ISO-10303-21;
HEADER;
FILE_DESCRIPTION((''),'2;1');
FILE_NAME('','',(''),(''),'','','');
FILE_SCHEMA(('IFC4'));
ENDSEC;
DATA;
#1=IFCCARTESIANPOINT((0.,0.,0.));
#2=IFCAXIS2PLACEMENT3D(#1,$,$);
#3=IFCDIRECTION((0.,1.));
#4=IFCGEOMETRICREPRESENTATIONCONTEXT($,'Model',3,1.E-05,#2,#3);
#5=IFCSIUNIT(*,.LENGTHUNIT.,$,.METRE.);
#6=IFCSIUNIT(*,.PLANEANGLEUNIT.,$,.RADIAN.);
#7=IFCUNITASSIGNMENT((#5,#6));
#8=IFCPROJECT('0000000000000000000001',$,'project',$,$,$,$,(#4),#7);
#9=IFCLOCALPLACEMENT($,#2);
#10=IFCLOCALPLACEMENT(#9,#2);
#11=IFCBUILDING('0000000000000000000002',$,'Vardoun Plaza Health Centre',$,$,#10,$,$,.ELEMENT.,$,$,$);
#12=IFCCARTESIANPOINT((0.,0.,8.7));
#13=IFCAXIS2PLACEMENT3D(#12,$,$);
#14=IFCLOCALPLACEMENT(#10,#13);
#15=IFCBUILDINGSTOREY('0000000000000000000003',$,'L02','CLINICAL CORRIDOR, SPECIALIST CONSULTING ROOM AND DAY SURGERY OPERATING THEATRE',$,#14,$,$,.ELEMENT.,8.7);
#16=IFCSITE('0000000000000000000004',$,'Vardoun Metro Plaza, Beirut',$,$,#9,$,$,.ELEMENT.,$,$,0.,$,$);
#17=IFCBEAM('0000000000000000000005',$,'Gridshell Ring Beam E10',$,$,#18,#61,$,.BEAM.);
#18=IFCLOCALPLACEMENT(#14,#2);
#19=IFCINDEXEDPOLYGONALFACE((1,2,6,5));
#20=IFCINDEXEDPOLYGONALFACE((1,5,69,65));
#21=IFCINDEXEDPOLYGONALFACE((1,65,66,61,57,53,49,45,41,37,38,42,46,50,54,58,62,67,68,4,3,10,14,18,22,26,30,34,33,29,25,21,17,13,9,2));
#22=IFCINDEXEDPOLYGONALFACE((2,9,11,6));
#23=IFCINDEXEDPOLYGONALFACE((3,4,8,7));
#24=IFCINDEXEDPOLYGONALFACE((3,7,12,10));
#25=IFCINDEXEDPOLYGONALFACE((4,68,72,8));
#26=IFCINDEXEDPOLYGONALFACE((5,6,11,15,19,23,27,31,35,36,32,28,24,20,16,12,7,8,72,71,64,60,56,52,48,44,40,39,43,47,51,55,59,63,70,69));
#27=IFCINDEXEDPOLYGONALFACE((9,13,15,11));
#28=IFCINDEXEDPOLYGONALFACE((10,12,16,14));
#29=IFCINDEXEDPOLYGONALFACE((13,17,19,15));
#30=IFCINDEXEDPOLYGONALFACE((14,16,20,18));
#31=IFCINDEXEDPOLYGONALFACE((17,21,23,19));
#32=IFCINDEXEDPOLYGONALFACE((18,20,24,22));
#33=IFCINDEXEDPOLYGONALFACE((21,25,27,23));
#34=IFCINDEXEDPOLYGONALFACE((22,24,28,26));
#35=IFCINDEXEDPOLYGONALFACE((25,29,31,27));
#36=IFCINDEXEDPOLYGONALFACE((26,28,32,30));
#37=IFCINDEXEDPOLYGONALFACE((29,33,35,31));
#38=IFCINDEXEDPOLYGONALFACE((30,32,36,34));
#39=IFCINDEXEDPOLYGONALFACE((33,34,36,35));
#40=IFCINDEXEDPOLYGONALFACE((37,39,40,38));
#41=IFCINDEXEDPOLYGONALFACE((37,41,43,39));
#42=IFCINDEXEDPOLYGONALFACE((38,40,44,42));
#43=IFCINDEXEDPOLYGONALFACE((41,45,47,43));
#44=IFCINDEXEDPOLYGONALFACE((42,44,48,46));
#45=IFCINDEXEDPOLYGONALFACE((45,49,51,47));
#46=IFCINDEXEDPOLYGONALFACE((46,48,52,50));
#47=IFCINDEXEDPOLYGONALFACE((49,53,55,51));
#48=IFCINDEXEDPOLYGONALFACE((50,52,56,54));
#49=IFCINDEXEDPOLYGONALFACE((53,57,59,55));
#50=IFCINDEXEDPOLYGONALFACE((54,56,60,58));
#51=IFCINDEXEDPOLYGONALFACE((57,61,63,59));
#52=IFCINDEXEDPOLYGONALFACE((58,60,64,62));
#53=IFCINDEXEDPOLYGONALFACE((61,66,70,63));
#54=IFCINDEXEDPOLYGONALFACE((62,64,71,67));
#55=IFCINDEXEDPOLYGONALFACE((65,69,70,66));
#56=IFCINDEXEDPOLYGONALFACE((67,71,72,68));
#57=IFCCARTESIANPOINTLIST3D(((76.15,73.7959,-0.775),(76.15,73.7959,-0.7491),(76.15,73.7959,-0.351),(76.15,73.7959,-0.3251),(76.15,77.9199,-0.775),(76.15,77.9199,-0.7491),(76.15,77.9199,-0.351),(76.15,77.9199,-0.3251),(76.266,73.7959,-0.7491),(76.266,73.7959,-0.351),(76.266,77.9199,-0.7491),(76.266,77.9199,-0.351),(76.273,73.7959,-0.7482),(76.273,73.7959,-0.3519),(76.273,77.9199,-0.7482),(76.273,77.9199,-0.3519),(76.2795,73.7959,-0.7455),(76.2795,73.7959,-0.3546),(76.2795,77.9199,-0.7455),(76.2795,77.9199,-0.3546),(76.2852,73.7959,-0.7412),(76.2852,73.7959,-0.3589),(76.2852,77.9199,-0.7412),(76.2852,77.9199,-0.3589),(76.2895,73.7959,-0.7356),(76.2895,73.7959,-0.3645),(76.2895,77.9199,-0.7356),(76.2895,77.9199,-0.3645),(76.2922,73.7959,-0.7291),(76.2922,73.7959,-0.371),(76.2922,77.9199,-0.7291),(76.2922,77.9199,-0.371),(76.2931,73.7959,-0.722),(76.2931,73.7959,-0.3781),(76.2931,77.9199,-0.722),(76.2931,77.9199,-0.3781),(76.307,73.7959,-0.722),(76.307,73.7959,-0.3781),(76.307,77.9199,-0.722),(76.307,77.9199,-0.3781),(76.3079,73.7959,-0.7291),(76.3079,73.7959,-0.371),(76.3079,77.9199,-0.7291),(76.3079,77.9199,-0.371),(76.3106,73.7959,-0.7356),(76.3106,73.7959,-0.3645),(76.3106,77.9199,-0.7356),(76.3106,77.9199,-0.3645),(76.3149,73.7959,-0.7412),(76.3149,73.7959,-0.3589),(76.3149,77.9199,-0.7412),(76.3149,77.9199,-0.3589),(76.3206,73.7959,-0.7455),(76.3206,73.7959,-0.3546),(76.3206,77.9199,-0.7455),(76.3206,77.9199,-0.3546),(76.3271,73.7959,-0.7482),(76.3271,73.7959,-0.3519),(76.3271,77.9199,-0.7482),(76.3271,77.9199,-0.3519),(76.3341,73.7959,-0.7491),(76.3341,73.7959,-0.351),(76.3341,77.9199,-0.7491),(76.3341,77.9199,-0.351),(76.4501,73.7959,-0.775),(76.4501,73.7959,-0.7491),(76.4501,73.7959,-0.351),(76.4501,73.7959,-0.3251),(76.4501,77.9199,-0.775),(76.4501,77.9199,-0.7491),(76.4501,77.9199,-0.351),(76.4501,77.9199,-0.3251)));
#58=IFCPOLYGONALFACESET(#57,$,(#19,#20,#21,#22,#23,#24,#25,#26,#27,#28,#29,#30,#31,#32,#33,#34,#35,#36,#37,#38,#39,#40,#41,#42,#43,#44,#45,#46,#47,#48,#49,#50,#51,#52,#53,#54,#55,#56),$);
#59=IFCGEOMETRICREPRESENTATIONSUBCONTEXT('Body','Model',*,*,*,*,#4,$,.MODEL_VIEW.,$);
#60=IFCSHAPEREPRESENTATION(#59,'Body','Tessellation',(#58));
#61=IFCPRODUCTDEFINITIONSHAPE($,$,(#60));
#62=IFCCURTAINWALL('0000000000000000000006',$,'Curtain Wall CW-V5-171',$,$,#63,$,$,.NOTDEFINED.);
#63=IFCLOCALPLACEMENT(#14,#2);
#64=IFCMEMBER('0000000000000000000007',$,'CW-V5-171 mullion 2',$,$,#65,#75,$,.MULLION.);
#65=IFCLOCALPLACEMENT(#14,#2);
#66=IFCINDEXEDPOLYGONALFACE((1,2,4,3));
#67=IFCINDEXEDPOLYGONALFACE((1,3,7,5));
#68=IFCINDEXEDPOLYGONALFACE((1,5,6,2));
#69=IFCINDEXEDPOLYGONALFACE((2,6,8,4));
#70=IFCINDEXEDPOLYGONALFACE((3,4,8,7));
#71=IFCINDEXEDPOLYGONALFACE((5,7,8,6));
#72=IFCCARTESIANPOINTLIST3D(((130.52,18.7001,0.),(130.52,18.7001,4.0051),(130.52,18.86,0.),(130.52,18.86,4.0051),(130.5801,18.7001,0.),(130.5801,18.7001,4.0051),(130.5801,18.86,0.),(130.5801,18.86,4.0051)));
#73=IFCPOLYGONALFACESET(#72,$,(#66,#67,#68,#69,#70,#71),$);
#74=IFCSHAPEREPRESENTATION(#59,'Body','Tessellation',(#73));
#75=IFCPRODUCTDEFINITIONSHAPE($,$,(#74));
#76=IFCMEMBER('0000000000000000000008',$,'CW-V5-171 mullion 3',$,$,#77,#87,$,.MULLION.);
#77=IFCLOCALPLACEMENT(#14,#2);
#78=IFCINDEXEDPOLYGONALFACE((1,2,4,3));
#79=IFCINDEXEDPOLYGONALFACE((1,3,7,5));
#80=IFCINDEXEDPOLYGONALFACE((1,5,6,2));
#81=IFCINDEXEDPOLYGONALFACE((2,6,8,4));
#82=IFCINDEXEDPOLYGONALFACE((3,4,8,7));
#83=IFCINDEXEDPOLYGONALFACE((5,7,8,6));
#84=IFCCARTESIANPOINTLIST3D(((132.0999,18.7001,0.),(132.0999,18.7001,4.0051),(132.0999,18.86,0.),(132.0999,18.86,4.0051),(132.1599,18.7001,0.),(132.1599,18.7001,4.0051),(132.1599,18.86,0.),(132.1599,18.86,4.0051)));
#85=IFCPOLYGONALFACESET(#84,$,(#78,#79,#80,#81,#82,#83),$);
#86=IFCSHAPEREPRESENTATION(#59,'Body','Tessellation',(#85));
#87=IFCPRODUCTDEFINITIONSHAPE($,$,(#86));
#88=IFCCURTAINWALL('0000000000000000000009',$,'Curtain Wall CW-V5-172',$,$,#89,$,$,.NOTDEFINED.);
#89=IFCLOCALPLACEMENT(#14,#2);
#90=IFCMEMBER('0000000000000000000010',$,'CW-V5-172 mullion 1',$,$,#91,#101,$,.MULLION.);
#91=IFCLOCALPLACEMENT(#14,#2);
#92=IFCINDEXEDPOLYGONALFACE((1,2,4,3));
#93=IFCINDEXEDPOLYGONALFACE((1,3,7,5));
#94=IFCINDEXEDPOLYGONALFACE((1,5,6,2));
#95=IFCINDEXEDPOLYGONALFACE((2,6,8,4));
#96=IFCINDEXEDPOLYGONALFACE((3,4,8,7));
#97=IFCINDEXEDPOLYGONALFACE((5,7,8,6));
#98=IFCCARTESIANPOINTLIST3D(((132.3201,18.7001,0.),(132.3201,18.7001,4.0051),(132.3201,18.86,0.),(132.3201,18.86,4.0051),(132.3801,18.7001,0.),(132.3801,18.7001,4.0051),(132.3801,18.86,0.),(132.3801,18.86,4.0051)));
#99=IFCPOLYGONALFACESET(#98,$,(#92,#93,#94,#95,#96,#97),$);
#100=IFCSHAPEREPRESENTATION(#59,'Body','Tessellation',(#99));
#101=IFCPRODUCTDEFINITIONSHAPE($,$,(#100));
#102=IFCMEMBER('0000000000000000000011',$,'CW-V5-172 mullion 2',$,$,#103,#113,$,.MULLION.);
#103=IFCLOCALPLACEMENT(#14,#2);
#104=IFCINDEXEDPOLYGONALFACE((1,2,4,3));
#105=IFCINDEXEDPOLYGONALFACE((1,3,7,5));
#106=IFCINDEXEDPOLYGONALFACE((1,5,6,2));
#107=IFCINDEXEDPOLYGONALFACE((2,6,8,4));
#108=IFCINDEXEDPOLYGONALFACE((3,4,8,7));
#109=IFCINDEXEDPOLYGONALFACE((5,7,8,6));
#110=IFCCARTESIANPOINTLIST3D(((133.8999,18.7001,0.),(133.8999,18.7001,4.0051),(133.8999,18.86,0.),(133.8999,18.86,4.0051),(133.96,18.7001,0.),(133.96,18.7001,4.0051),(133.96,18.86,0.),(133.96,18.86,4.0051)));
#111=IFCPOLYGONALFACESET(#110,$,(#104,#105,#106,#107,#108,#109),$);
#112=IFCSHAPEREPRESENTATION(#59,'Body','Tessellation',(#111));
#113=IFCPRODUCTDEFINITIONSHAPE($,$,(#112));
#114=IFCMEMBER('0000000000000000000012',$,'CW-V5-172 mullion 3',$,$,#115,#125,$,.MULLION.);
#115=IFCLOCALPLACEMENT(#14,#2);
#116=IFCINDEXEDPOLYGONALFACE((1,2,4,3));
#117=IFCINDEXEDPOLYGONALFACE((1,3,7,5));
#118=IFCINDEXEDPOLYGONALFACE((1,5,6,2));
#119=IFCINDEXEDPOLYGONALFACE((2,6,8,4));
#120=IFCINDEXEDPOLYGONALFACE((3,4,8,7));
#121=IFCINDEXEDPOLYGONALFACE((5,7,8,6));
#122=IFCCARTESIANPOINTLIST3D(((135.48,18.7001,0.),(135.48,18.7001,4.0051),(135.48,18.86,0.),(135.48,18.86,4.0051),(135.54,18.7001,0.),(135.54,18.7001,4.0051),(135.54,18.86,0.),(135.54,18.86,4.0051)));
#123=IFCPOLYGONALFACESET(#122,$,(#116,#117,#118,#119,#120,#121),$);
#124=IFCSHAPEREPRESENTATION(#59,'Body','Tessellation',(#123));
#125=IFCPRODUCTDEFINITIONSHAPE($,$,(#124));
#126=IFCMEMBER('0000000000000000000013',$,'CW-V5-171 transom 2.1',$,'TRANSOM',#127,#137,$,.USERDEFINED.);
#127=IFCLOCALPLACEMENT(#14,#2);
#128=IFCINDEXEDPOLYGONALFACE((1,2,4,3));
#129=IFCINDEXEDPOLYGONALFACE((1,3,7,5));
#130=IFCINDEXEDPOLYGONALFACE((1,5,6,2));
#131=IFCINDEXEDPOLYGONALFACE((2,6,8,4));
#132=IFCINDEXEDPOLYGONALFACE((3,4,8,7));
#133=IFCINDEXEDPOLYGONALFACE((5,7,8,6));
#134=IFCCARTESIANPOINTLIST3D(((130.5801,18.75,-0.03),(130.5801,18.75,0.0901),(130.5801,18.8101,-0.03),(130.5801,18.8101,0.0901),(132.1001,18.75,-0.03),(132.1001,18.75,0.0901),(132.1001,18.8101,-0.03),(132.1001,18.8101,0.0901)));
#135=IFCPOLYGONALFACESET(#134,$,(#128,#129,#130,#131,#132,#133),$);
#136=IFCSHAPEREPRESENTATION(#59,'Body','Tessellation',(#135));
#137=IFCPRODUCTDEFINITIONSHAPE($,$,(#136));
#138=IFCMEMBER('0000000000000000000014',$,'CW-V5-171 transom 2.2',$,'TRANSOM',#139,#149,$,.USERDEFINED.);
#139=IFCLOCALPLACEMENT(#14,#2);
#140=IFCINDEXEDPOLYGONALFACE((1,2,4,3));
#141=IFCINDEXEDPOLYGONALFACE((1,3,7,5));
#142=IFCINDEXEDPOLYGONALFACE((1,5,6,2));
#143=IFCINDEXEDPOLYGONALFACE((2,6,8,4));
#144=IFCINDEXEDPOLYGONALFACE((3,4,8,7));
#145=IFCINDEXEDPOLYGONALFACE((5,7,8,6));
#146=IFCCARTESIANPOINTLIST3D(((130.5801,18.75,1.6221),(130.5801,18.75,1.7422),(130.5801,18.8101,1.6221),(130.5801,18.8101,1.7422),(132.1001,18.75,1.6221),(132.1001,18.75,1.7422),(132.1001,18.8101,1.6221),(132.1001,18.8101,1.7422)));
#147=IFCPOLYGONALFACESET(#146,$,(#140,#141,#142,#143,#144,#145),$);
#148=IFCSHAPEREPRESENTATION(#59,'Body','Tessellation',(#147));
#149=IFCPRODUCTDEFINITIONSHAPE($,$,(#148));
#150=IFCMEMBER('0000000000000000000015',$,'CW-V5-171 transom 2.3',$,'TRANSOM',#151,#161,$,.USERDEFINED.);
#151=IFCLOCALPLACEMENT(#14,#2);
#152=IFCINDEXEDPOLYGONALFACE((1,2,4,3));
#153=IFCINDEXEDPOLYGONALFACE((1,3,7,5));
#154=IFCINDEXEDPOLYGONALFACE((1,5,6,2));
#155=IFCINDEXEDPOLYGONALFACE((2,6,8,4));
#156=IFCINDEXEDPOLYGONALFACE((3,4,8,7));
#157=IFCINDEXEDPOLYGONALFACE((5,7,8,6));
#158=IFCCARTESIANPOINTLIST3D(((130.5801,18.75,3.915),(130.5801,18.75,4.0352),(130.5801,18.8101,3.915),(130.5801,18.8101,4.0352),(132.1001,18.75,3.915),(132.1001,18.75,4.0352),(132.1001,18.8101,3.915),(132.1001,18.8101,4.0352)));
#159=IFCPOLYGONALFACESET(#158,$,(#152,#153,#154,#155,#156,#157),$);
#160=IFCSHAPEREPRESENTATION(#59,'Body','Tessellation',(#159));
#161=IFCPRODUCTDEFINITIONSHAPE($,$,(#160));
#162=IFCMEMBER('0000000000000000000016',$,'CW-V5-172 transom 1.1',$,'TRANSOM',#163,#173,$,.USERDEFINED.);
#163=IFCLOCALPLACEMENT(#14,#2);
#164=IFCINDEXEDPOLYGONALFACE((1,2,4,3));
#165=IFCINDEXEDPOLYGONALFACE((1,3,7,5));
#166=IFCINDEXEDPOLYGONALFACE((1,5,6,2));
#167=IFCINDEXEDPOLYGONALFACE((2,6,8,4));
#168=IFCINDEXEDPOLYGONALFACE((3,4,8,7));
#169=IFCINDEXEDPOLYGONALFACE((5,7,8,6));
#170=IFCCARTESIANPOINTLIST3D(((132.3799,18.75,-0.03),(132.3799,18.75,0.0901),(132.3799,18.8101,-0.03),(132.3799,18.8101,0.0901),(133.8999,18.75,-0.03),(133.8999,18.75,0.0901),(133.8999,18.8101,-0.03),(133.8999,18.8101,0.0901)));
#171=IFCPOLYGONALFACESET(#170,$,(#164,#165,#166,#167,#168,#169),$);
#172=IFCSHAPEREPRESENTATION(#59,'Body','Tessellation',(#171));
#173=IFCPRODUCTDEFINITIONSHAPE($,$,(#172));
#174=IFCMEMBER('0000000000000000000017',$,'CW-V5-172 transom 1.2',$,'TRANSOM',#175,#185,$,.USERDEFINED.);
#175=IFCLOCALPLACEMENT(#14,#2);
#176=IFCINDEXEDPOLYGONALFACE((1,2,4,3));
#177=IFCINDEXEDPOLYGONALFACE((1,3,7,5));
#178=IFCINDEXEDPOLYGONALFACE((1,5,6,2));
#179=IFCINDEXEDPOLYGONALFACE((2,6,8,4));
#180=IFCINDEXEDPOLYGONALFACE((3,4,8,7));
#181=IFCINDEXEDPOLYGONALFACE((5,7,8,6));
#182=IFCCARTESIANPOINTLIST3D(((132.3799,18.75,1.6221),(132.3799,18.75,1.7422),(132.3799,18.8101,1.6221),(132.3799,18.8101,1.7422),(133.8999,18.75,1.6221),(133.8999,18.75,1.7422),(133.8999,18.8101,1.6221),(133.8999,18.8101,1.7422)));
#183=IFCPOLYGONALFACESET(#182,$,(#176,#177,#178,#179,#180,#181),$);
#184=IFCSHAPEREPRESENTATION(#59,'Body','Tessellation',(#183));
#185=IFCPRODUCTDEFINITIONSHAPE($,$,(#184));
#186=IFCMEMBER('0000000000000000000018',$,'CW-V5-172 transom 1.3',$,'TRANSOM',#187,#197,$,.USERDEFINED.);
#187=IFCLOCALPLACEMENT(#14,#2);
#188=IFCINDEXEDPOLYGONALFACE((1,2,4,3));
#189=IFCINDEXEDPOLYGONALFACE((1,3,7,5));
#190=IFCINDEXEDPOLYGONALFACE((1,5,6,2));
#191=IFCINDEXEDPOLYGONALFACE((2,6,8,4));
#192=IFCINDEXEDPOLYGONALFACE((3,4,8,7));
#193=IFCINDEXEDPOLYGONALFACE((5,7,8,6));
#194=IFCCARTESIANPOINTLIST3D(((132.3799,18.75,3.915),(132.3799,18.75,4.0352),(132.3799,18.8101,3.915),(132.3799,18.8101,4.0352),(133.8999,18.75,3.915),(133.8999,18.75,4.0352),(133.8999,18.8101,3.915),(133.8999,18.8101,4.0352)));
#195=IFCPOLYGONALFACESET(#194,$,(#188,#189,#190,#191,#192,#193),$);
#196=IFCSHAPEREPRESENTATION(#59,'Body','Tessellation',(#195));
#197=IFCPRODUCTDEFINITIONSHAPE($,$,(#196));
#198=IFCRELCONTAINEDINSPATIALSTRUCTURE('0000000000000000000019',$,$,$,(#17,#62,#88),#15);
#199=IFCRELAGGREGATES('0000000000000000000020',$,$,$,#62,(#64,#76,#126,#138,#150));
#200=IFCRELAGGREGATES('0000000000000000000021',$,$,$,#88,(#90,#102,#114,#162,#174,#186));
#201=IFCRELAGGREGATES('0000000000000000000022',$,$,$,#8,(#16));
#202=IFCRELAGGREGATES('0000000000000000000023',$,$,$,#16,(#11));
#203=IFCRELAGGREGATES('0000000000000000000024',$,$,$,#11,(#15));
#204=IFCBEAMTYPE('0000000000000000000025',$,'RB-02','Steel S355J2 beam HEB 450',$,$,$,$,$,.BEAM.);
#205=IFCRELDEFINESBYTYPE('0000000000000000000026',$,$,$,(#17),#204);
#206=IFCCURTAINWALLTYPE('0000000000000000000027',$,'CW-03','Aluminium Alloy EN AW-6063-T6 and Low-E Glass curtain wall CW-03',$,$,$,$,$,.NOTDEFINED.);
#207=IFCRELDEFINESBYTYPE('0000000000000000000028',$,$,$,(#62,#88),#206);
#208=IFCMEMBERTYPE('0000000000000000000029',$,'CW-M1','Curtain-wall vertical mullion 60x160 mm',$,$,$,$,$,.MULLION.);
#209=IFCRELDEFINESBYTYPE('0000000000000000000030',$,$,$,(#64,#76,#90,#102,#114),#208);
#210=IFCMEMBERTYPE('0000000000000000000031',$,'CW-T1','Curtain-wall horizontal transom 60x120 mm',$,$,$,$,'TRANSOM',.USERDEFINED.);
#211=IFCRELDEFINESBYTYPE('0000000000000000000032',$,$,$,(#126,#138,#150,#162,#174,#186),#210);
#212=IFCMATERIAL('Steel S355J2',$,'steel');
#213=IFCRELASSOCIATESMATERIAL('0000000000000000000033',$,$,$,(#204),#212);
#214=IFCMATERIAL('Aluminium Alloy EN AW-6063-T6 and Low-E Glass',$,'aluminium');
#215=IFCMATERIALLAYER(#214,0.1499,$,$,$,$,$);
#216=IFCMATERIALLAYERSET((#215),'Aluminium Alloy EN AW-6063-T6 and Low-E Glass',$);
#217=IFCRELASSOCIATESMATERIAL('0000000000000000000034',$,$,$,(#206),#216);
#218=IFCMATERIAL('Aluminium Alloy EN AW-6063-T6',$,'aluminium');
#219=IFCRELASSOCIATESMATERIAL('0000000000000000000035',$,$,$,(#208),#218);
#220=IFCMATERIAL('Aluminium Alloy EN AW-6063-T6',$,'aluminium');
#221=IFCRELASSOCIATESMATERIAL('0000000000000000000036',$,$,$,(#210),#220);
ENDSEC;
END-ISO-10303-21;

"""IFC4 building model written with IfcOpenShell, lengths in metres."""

from ifc_helpers import new_model, si_unit, direction, frame, origin, origin_2d, place, context, subcontext, project, spatial, rectangle, i_section, extrude, material, layer, layer_set, material_profile, profile_set, type_object, element, aggregate, save


model = new_model("IFC4")

# Units and contexts
model_context = context("Model", 3, precision=1e-05, world=origin(), true_north=direction((0.0, 1.0)))
body_context = subcontext(model_context, "Body", "Model", "MODEL_VIEW")
ifc_project = project(units=[si_unit("LENGTHUNIT", "METRE"), si_unit("PLANEANGLEUNIT", "RADIAN")], contexts=[model_context])

# Site, building, storey
site_placement = place(None, origin())
site = spatial("IfcSite", under=ifc_project, at=site_placement, Name="Vardoun Metro Plaza, Beirut", CompositionType="ELEMENT", RefElevation=0.0)
building_placement = place(site_placement, origin())
building = spatial("IfcBuilding", under=site, at=building_placement, Name="Vardoun Plaza Health Centre", CompositionType="ELEMENT")
storey_placement = place(building_placement, frame((0.0, 0.0, 8.7)))
storey = spatial("IfcBuildingStorey", under=building, at=storey_placement, Name="L02", Description="CLINICAL CORRIDOR, SPECIALIST CONSULTING ROOM AND DAY SURGERY OPERATING THEATRE", CompositionType="ELEMENT", Elevation=8.7)

# Beam
ifc_material_1 = material(Name="Steel S355J2", Category="steel")
ifc_material_profile_1 = material_profile(ifc_material_1, i_section(OverallWidth=0.3, OverallDepth=0.45, WebThickness=0.0139, FlangeThickness=0.0259, FilletRadius=0.0271, at=origin_2d()), Name="HEB 450")
ifc_profile_set_1 = profile_set([ifc_material_profile_1], Name="Steel S355J2")
beam_type = type_object("IfcBeamType", Name="RB-02", Description="Steel S355J2 beam HEB 450", PredefinedType="BEAM", material=ifc_profile_set_1)
beam_placement = place(storey_placement, frame((76.3, 73.7959, -0.55), z_axis=(0.0, 1.0, 0.0), x_axis=(-1.0, 0.0, 0.0)))
element("IfcBeam", 1, at=beam_placement, inside=storey, type_object=beam_type, Name="Gridshell Ring Beam E10", PredefinedType="BEAM", context=body_context, shape_type="SweptSolid", body=[
    extrude(i_section(OverallWidth=0.3, OverallDepth=0.45, WebThickness=0.0139, FlangeThickness=0.0259, FilletRadius=0.0271, at=origin_2d()), origin(), (0.0, 0.0, 1.0), 4.124),
])

# Curtain walls, members
ifc_material_2 = material(Name="Aluminium Alloy EN AW-6063-T6 and Low-E Glass", Category="aluminium")
ifc_layer_1 = layer(ifc_material_2, 0.1499)
ifc_layer_set_1 = layer_set([ifc_layer_1], Name="Aluminium Alloy EN AW-6063-T6 and Low-E Glass")
curtain_wall_type = type_object("IfcCurtainWallType", Name="CW-03", Description="Aluminium Alloy EN AW-6063-T6 and Low-E Glass curtain wall CW-03", PredefinedType="NOTDEFINED", material=ifc_layer_set_1)
curtain_wall_1_placement = place(storey_placement, origin())
curtain_wall_1 = element("IfcCurtainWall", 2, at=curtain_wall_1_placement, inside=storey, type_object=curtain_wall_type, Name="Curtain Wall CW-V5-171", PredefinedType="NOTDEFINED")
ifc_material_3 = material(Name="Aluminium Alloy EN AW-6063-T6", Category="aluminium")
ifc_material_profile_2 = material_profile(ifc_material_3, rectangle(XDim=0.1599, YDim=0.0601, at=origin_2d()), Name="CWM 60x160")
ifc_profile_set_2 = profile_set([ifc_material_profile_2], Name="Aluminium Alloy EN AW-6063-T6")
member_type_1 = type_object("IfcMemberType", Name="CW-M1", Description="Curtain-wall vertical mullion 60x160 mm", PredefinedType="MULLION", material=ifc_profile_set_2)
member_1_placement = place(storey_placement, frame((130.55, 18.78, 0.0), z_axis=(0.0, 0.0, 1.0), x_axis=(0.0, 1.0, 0.0)))
member_1 = element("IfcMember", 3, at=member_1_placement, type_object=member_type_1, Name="CW-V5-171 mullion 2", PredefinedType="MULLION", context=body_context, shape_type="SweptSolid", body=[
    extrude(rectangle(XDim=0.1599, YDim=0.0601, at=origin_2d()), origin(), (0.0, 0.0, 1.0), 4.0051),
])
member_2_placement = place(storey_placement, frame((132.1299, 18.78, 0.0), z_axis=(0.0, 0.0, 1.0), x_axis=(0.0, 1.0, 0.0)))
member_2 = element("IfcMember", 4, at=member_2_placement, type_object=member_type_1, Name="CW-V5-171 mullion 3", PredefinedType="MULLION", context=body_context, shape_type="SweptSolid", body=[
    extrude(rectangle(XDim=0.1599, YDim=0.0601, at=origin_2d()), origin(), (0.0, 0.0, 1.0), 4.0051),
])
curtain_wall_2_placement = place(storey_placement, origin())
curtain_wall_2 = element("IfcCurtainWall", 5, at=curtain_wall_2_placement, inside=storey, type_object=curtain_wall_type, Name="Curtain Wall CW-V5-172", PredefinedType="NOTDEFINED")
member_3_placement = place(storey_placement, frame((132.3501, 18.78, 0.0), z_axis=(0.0, 0.0, 1.0), x_axis=(0.0, 1.0, 0.0)))
member_3 = element("IfcMember", 6, at=member_3_placement, type_object=member_type_1, Name="CW-V5-172 mullion 1", PredefinedType="MULLION", context=body_context, shape_type="SweptSolid", body=[
    extrude(rectangle(XDim=0.1599, YDim=0.0601, at=origin_2d()), origin(), (0.0, 0.0, 1.0), 4.0051),
])
member_4_placement = place(storey_placement, frame((133.9299, 18.78, 0.0), z_axis=(0.0, 0.0, 1.0), x_axis=(0.0, 1.0, 0.0)))
member_4 = element("IfcMember", 7, at=member_4_placement, type_object=member_type_1, Name="CW-V5-172 mullion 2", PredefinedType="MULLION", context=body_context, shape_type="SweptSolid", body=[
    extrude(rectangle(XDim=0.1599, YDim=0.0601, at=origin_2d()), origin(), (0.0, 0.0, 1.0), 4.0051),
])
member_5_placement = place(storey_placement, frame((135.51, 18.78, 0.0), z_axis=(0.0, 0.0, 1.0), x_axis=(0.0, 1.0, 0.0)))
member_5 = element("IfcMember", 8, at=member_5_placement, type_object=member_type_1, Name="CW-V5-172 mullion 3", PredefinedType="MULLION", context=body_context, shape_type="SweptSolid", body=[
    extrude(rectangle(XDim=0.1599, YDim=0.0601, at=origin_2d()), origin(), (0.0, 0.0, 1.0), 4.0051),
])

# Members
ifc_material_4 = material(Name="Aluminium Alloy EN AW-6063-T6", Category="aluminium")
ifc_material_profile_3 = material_profile(ifc_material_4, rectangle(XDim=0.0601, YDim=0.1201, at=origin_2d()), Name="CWT 60x120")
ifc_profile_set_3 = profile_set([ifc_material_profile_3], Name="Aluminium Alloy EN AW-6063-T6")
member_type_2 = type_object("IfcMemberType", Name="CW-T1", Description="Curtain-wall horizontal transom 60x120 mm", ElementType="TRANSOM", PredefinedType="USERDEFINED", material=ifc_profile_set_3)
member_6_placement = place(storey_placement, frame((130.5801, 18.78, 0.03), z_axis=(1.0, 0.0, 0.0), x_axis=(0.0, 1.0, 0.0)))
member_6 = element("IfcMember", 9, at=member_6_placement, type_object=member_type_2, Name="CW-V5-171 transom 2.1", ObjectType="TRANSOM", PredefinedType="USERDEFINED", context=body_context, shape_type="SweptSolid", body=[
    extrude(rectangle(XDim=0.0601, YDim=0.1201, at=origin_2d()), origin(), (0.0, 0.0, 1.0), 1.52),
])
member_7_placement = place(storey_placement, frame((130.5801, 18.78, 1.6821), z_axis=(1.0, 0.0, 0.0), x_axis=(0.0, 1.0, 0.0)))
member_7 = element("IfcMember", 10, at=member_7_placement, type_object=member_type_2, Name="CW-V5-171 transom 2.2", ObjectType="TRANSOM", PredefinedType="USERDEFINED", context=body_context, shape_type="SweptSolid", body=[
    extrude(rectangle(XDim=0.0601, YDim=0.1201, at=origin_2d()), origin(), (0.0, 0.0, 1.0), 1.52),
])
member_8_placement = place(storey_placement, frame((130.5801, 18.78, 3.9751), z_axis=(1.0, 0.0, 0.0), x_axis=(0.0, 1.0, 0.0)))
member_8 = element("IfcMember", 11, at=member_8_placement, type_object=member_type_2, Name="CW-V5-171 transom 2.3", ObjectType="TRANSOM", PredefinedType="USERDEFINED", context=body_context, shape_type="SweptSolid", body=[
    extrude(rectangle(XDim=0.0601, YDim=0.1201, at=origin_2d()), origin(), (0.0, 0.0, 1.0), 1.52),
])
member_9_placement = place(storey_placement, frame((132.3799, 18.78, 0.03), z_axis=(1.0, 0.0, 0.0), x_axis=(0.0, 1.0, 0.0)))
member_9 = element("IfcMember", 12, at=member_9_placement, type_object=member_type_2, Name="CW-V5-172 transom 1.1", ObjectType="TRANSOM", PredefinedType="USERDEFINED", context=body_context, shape_type="SweptSolid", body=[
    extrude(rectangle(XDim=0.0601, YDim=0.1201, at=origin_2d()), origin(), (0.0, 0.0, 1.0), 1.52),
])
member_10_placement = place(storey_placement, frame((132.3799, 18.78, 1.6821), z_axis=(1.0, 0.0, 0.0), x_axis=(0.0, 1.0, 0.0)))
member_10 = element("IfcMember", 13, at=member_10_placement, type_object=member_type_2, Name="CW-V5-172 transom 1.2", ObjectType="TRANSOM", PredefinedType="USERDEFINED", context=body_context, shape_type="SweptSolid", body=[
    extrude(rectangle(XDim=0.0601, YDim=0.1201, at=origin_2d()), origin(), (0.0, 0.0, 1.0), 1.52),
])
member_11_placement = place(storey_placement, frame((132.3799, 18.78, 3.9751), z_axis=(1.0, 0.0, 0.0), x_axis=(0.0, 1.0, 0.0)))
member_11 = element("IfcMember", 14, at=member_11_placement, type_object=member_type_2, Name="CW-V5-172 transom 1.3", ObjectType="TRANSOM", PredefinedType="USERDEFINED", context=body_context, shape_type="SweptSolid", body=[
    extrude(rectangle(XDim=0.0601, YDim=0.1201, at=origin_2d()), origin(), (0.0, 0.0, 1.0), 1.52),
])

aggregate(curtain_wall_1, [member_1, member_2, member_6, member_7, member_8])
aggregate(curtain_wall_2, [member_3, member_4, member_5, member_9, member_10, member_11])

save(model, "model.ifc")
